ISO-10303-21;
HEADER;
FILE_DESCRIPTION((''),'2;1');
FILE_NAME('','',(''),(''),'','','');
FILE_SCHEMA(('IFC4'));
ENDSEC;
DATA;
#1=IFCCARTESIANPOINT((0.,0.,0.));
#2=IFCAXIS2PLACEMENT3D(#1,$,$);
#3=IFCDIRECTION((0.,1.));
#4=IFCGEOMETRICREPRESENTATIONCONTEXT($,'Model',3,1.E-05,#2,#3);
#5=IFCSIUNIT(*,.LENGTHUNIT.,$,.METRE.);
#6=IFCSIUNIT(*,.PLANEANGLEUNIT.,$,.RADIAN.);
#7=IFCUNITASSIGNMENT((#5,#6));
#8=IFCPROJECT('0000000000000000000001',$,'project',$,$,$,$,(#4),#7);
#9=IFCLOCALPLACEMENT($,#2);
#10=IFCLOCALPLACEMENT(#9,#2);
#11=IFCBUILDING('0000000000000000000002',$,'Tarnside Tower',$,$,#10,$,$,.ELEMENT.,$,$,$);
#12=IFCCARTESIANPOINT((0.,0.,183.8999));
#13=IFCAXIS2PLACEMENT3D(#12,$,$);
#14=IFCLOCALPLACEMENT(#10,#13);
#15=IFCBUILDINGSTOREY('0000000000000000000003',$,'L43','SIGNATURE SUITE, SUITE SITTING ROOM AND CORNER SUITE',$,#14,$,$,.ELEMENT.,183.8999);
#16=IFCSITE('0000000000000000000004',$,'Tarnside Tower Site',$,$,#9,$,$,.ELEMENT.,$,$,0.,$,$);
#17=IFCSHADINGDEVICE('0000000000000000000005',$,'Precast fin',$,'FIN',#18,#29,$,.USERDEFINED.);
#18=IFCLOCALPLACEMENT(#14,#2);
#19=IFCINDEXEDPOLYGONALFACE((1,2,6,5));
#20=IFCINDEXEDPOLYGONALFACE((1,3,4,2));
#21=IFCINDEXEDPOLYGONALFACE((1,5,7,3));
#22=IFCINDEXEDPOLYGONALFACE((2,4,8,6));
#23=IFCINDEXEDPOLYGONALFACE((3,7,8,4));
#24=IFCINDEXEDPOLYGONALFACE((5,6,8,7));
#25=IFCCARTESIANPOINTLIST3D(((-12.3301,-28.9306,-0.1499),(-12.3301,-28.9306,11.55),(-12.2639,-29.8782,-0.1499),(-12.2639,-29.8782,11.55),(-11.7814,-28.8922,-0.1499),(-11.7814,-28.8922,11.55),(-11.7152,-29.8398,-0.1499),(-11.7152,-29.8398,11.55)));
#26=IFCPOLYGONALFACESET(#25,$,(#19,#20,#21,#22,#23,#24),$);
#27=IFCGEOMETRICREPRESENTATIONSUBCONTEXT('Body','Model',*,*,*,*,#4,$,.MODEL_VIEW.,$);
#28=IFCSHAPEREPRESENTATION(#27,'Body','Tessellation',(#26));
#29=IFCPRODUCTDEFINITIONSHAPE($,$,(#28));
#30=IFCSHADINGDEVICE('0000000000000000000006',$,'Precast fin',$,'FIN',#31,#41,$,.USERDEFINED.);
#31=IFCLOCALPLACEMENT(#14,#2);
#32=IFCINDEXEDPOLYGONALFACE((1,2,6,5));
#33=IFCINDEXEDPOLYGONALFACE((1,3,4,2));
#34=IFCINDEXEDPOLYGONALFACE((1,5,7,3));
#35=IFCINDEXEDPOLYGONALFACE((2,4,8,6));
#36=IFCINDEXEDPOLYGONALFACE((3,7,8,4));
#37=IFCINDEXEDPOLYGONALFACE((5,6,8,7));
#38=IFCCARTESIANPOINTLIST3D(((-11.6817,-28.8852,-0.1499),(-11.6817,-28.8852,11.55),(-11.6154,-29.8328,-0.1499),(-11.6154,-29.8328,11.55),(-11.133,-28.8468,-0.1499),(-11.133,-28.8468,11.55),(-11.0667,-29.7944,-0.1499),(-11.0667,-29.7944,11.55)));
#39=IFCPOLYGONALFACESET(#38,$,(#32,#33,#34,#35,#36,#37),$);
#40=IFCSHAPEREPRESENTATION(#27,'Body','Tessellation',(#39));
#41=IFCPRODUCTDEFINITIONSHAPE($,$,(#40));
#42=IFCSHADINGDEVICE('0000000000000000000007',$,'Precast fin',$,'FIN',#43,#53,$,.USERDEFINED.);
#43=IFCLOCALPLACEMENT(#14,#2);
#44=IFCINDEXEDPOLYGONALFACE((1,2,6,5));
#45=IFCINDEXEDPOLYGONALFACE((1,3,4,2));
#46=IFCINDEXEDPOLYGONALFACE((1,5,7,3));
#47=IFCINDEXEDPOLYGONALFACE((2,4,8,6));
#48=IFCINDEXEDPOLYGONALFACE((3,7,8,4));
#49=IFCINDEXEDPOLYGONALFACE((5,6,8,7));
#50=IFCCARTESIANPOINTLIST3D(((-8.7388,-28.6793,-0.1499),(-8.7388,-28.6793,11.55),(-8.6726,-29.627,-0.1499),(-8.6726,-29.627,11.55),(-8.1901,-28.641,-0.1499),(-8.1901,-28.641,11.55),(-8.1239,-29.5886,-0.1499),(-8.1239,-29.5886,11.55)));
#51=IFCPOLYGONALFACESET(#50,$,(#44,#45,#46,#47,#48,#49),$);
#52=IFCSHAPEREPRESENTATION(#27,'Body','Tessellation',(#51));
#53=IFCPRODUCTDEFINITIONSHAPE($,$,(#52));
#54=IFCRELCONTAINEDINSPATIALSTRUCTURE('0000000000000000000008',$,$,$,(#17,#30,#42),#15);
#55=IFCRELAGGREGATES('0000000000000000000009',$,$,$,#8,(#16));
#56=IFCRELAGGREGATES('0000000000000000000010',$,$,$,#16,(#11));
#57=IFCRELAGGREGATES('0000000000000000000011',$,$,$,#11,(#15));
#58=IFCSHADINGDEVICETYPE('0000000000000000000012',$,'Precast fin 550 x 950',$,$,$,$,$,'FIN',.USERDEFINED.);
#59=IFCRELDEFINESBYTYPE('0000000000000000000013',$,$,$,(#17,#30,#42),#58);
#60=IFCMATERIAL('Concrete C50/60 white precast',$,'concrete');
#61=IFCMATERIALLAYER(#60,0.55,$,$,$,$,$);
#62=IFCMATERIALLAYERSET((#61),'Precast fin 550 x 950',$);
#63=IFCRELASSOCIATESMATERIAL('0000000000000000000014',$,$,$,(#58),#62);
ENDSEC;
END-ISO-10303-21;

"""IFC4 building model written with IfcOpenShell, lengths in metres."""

from ifc_helpers import new_model, si_unit, direction, frame, origin, place, context, subcontext, project, spatial, polyline, outline, extrude, material, layer, layer_set, type_object, element, save


model = new_model("IFC4")

# Units and contexts
model_context = context("Model", 3, precision=1e-05, world=origin(), true_north=direction((0.0, 1.0)))
body_context = subcontext(model_context, "Body", "Model", "MODEL_VIEW")
ifc_project = project(units=[si_unit("LENGTHUNIT", "METRE"), si_unit("PLANEANGLEUNIT", "RADIAN")], contexts=[model_context])

# Site, building, storey
site_placement = place(None, origin())
site = spatial("IfcSite", under=ifc_project, at=site_placement, Name="Tarnside Tower Site", CompositionType="ELEMENT", RefElevation=0.0)
building_placement = place(site_placement, origin())
building = spatial("IfcBuilding", under=site, at=building_placement, Name="Tarnside Tower", CompositionType="ELEMENT")
storey_placement = place(building_placement, frame((0.0, 0.0, 183.8999)))
storey = spatial("IfcBuildingStorey", under=building, at=storey_placement, Name="L43", Description="SIGNATURE SUITE, SUITE SITTING ROOM AND CORNER SUITE", CompositionType="ELEMENT", Elevation=183.8999)

# Shading devices
ifc_material_1 = material(Name="Concrete C50/60 white precast", Category="concrete")
ifc_layer_1 = layer(ifc_material_1, 0.55)
ifc_layer_set_1 = layer_set([ifc_layer_1], Name="Precast fin 550 x 950")
shading_device_type_1 = type_object("IfcShadingDeviceType", Name="Precast fin 550 x 950", ElementType="FIN", PredefinedType="USERDEFINED", material=ifc_layer_set_1)
for number, where, z_axis, x_axis, name in (
    (1, (-12.0557, -28.9114, -0.1499), (-0.997564, -0.069756, 0.0), (0.069756, -0.997564, 0.0), "Precast fin"),
    (2, (-11.4072, -28.866, -0.1499), (-0.997564, -0.069756, 0.0), (0.069756, -0.997564, 0.0), "Precast fin"),
    (3, (-8.4644, -28.6602, -0.1499), (-0.997564, -0.069756, 0.0), (0.069756, -0.997564, 0.0), "Precast fin"),
):
    element("IfcShadingDevice", number, at=place(storey_placement, frame(where, z_axis=z_axis, x_axis=x_axis)), inside=storey, type_object=shading_device_type_1, Name=name, ObjectType="FIN", PredefinedType="USERDEFINED", context=body_context, shape_type="SweptSolid", body=[
        extrude(outline(polyline([(0.0, 0.0), (0.95, 0.0), (0.95, 11.7), (0.0, 11.7), (0.0, 0.0)])), frame((0.0, 0.0, -0.2749)), (0.0, 0.0, 1.0), 0.55),
    ])

save(model, "model.ifc")
